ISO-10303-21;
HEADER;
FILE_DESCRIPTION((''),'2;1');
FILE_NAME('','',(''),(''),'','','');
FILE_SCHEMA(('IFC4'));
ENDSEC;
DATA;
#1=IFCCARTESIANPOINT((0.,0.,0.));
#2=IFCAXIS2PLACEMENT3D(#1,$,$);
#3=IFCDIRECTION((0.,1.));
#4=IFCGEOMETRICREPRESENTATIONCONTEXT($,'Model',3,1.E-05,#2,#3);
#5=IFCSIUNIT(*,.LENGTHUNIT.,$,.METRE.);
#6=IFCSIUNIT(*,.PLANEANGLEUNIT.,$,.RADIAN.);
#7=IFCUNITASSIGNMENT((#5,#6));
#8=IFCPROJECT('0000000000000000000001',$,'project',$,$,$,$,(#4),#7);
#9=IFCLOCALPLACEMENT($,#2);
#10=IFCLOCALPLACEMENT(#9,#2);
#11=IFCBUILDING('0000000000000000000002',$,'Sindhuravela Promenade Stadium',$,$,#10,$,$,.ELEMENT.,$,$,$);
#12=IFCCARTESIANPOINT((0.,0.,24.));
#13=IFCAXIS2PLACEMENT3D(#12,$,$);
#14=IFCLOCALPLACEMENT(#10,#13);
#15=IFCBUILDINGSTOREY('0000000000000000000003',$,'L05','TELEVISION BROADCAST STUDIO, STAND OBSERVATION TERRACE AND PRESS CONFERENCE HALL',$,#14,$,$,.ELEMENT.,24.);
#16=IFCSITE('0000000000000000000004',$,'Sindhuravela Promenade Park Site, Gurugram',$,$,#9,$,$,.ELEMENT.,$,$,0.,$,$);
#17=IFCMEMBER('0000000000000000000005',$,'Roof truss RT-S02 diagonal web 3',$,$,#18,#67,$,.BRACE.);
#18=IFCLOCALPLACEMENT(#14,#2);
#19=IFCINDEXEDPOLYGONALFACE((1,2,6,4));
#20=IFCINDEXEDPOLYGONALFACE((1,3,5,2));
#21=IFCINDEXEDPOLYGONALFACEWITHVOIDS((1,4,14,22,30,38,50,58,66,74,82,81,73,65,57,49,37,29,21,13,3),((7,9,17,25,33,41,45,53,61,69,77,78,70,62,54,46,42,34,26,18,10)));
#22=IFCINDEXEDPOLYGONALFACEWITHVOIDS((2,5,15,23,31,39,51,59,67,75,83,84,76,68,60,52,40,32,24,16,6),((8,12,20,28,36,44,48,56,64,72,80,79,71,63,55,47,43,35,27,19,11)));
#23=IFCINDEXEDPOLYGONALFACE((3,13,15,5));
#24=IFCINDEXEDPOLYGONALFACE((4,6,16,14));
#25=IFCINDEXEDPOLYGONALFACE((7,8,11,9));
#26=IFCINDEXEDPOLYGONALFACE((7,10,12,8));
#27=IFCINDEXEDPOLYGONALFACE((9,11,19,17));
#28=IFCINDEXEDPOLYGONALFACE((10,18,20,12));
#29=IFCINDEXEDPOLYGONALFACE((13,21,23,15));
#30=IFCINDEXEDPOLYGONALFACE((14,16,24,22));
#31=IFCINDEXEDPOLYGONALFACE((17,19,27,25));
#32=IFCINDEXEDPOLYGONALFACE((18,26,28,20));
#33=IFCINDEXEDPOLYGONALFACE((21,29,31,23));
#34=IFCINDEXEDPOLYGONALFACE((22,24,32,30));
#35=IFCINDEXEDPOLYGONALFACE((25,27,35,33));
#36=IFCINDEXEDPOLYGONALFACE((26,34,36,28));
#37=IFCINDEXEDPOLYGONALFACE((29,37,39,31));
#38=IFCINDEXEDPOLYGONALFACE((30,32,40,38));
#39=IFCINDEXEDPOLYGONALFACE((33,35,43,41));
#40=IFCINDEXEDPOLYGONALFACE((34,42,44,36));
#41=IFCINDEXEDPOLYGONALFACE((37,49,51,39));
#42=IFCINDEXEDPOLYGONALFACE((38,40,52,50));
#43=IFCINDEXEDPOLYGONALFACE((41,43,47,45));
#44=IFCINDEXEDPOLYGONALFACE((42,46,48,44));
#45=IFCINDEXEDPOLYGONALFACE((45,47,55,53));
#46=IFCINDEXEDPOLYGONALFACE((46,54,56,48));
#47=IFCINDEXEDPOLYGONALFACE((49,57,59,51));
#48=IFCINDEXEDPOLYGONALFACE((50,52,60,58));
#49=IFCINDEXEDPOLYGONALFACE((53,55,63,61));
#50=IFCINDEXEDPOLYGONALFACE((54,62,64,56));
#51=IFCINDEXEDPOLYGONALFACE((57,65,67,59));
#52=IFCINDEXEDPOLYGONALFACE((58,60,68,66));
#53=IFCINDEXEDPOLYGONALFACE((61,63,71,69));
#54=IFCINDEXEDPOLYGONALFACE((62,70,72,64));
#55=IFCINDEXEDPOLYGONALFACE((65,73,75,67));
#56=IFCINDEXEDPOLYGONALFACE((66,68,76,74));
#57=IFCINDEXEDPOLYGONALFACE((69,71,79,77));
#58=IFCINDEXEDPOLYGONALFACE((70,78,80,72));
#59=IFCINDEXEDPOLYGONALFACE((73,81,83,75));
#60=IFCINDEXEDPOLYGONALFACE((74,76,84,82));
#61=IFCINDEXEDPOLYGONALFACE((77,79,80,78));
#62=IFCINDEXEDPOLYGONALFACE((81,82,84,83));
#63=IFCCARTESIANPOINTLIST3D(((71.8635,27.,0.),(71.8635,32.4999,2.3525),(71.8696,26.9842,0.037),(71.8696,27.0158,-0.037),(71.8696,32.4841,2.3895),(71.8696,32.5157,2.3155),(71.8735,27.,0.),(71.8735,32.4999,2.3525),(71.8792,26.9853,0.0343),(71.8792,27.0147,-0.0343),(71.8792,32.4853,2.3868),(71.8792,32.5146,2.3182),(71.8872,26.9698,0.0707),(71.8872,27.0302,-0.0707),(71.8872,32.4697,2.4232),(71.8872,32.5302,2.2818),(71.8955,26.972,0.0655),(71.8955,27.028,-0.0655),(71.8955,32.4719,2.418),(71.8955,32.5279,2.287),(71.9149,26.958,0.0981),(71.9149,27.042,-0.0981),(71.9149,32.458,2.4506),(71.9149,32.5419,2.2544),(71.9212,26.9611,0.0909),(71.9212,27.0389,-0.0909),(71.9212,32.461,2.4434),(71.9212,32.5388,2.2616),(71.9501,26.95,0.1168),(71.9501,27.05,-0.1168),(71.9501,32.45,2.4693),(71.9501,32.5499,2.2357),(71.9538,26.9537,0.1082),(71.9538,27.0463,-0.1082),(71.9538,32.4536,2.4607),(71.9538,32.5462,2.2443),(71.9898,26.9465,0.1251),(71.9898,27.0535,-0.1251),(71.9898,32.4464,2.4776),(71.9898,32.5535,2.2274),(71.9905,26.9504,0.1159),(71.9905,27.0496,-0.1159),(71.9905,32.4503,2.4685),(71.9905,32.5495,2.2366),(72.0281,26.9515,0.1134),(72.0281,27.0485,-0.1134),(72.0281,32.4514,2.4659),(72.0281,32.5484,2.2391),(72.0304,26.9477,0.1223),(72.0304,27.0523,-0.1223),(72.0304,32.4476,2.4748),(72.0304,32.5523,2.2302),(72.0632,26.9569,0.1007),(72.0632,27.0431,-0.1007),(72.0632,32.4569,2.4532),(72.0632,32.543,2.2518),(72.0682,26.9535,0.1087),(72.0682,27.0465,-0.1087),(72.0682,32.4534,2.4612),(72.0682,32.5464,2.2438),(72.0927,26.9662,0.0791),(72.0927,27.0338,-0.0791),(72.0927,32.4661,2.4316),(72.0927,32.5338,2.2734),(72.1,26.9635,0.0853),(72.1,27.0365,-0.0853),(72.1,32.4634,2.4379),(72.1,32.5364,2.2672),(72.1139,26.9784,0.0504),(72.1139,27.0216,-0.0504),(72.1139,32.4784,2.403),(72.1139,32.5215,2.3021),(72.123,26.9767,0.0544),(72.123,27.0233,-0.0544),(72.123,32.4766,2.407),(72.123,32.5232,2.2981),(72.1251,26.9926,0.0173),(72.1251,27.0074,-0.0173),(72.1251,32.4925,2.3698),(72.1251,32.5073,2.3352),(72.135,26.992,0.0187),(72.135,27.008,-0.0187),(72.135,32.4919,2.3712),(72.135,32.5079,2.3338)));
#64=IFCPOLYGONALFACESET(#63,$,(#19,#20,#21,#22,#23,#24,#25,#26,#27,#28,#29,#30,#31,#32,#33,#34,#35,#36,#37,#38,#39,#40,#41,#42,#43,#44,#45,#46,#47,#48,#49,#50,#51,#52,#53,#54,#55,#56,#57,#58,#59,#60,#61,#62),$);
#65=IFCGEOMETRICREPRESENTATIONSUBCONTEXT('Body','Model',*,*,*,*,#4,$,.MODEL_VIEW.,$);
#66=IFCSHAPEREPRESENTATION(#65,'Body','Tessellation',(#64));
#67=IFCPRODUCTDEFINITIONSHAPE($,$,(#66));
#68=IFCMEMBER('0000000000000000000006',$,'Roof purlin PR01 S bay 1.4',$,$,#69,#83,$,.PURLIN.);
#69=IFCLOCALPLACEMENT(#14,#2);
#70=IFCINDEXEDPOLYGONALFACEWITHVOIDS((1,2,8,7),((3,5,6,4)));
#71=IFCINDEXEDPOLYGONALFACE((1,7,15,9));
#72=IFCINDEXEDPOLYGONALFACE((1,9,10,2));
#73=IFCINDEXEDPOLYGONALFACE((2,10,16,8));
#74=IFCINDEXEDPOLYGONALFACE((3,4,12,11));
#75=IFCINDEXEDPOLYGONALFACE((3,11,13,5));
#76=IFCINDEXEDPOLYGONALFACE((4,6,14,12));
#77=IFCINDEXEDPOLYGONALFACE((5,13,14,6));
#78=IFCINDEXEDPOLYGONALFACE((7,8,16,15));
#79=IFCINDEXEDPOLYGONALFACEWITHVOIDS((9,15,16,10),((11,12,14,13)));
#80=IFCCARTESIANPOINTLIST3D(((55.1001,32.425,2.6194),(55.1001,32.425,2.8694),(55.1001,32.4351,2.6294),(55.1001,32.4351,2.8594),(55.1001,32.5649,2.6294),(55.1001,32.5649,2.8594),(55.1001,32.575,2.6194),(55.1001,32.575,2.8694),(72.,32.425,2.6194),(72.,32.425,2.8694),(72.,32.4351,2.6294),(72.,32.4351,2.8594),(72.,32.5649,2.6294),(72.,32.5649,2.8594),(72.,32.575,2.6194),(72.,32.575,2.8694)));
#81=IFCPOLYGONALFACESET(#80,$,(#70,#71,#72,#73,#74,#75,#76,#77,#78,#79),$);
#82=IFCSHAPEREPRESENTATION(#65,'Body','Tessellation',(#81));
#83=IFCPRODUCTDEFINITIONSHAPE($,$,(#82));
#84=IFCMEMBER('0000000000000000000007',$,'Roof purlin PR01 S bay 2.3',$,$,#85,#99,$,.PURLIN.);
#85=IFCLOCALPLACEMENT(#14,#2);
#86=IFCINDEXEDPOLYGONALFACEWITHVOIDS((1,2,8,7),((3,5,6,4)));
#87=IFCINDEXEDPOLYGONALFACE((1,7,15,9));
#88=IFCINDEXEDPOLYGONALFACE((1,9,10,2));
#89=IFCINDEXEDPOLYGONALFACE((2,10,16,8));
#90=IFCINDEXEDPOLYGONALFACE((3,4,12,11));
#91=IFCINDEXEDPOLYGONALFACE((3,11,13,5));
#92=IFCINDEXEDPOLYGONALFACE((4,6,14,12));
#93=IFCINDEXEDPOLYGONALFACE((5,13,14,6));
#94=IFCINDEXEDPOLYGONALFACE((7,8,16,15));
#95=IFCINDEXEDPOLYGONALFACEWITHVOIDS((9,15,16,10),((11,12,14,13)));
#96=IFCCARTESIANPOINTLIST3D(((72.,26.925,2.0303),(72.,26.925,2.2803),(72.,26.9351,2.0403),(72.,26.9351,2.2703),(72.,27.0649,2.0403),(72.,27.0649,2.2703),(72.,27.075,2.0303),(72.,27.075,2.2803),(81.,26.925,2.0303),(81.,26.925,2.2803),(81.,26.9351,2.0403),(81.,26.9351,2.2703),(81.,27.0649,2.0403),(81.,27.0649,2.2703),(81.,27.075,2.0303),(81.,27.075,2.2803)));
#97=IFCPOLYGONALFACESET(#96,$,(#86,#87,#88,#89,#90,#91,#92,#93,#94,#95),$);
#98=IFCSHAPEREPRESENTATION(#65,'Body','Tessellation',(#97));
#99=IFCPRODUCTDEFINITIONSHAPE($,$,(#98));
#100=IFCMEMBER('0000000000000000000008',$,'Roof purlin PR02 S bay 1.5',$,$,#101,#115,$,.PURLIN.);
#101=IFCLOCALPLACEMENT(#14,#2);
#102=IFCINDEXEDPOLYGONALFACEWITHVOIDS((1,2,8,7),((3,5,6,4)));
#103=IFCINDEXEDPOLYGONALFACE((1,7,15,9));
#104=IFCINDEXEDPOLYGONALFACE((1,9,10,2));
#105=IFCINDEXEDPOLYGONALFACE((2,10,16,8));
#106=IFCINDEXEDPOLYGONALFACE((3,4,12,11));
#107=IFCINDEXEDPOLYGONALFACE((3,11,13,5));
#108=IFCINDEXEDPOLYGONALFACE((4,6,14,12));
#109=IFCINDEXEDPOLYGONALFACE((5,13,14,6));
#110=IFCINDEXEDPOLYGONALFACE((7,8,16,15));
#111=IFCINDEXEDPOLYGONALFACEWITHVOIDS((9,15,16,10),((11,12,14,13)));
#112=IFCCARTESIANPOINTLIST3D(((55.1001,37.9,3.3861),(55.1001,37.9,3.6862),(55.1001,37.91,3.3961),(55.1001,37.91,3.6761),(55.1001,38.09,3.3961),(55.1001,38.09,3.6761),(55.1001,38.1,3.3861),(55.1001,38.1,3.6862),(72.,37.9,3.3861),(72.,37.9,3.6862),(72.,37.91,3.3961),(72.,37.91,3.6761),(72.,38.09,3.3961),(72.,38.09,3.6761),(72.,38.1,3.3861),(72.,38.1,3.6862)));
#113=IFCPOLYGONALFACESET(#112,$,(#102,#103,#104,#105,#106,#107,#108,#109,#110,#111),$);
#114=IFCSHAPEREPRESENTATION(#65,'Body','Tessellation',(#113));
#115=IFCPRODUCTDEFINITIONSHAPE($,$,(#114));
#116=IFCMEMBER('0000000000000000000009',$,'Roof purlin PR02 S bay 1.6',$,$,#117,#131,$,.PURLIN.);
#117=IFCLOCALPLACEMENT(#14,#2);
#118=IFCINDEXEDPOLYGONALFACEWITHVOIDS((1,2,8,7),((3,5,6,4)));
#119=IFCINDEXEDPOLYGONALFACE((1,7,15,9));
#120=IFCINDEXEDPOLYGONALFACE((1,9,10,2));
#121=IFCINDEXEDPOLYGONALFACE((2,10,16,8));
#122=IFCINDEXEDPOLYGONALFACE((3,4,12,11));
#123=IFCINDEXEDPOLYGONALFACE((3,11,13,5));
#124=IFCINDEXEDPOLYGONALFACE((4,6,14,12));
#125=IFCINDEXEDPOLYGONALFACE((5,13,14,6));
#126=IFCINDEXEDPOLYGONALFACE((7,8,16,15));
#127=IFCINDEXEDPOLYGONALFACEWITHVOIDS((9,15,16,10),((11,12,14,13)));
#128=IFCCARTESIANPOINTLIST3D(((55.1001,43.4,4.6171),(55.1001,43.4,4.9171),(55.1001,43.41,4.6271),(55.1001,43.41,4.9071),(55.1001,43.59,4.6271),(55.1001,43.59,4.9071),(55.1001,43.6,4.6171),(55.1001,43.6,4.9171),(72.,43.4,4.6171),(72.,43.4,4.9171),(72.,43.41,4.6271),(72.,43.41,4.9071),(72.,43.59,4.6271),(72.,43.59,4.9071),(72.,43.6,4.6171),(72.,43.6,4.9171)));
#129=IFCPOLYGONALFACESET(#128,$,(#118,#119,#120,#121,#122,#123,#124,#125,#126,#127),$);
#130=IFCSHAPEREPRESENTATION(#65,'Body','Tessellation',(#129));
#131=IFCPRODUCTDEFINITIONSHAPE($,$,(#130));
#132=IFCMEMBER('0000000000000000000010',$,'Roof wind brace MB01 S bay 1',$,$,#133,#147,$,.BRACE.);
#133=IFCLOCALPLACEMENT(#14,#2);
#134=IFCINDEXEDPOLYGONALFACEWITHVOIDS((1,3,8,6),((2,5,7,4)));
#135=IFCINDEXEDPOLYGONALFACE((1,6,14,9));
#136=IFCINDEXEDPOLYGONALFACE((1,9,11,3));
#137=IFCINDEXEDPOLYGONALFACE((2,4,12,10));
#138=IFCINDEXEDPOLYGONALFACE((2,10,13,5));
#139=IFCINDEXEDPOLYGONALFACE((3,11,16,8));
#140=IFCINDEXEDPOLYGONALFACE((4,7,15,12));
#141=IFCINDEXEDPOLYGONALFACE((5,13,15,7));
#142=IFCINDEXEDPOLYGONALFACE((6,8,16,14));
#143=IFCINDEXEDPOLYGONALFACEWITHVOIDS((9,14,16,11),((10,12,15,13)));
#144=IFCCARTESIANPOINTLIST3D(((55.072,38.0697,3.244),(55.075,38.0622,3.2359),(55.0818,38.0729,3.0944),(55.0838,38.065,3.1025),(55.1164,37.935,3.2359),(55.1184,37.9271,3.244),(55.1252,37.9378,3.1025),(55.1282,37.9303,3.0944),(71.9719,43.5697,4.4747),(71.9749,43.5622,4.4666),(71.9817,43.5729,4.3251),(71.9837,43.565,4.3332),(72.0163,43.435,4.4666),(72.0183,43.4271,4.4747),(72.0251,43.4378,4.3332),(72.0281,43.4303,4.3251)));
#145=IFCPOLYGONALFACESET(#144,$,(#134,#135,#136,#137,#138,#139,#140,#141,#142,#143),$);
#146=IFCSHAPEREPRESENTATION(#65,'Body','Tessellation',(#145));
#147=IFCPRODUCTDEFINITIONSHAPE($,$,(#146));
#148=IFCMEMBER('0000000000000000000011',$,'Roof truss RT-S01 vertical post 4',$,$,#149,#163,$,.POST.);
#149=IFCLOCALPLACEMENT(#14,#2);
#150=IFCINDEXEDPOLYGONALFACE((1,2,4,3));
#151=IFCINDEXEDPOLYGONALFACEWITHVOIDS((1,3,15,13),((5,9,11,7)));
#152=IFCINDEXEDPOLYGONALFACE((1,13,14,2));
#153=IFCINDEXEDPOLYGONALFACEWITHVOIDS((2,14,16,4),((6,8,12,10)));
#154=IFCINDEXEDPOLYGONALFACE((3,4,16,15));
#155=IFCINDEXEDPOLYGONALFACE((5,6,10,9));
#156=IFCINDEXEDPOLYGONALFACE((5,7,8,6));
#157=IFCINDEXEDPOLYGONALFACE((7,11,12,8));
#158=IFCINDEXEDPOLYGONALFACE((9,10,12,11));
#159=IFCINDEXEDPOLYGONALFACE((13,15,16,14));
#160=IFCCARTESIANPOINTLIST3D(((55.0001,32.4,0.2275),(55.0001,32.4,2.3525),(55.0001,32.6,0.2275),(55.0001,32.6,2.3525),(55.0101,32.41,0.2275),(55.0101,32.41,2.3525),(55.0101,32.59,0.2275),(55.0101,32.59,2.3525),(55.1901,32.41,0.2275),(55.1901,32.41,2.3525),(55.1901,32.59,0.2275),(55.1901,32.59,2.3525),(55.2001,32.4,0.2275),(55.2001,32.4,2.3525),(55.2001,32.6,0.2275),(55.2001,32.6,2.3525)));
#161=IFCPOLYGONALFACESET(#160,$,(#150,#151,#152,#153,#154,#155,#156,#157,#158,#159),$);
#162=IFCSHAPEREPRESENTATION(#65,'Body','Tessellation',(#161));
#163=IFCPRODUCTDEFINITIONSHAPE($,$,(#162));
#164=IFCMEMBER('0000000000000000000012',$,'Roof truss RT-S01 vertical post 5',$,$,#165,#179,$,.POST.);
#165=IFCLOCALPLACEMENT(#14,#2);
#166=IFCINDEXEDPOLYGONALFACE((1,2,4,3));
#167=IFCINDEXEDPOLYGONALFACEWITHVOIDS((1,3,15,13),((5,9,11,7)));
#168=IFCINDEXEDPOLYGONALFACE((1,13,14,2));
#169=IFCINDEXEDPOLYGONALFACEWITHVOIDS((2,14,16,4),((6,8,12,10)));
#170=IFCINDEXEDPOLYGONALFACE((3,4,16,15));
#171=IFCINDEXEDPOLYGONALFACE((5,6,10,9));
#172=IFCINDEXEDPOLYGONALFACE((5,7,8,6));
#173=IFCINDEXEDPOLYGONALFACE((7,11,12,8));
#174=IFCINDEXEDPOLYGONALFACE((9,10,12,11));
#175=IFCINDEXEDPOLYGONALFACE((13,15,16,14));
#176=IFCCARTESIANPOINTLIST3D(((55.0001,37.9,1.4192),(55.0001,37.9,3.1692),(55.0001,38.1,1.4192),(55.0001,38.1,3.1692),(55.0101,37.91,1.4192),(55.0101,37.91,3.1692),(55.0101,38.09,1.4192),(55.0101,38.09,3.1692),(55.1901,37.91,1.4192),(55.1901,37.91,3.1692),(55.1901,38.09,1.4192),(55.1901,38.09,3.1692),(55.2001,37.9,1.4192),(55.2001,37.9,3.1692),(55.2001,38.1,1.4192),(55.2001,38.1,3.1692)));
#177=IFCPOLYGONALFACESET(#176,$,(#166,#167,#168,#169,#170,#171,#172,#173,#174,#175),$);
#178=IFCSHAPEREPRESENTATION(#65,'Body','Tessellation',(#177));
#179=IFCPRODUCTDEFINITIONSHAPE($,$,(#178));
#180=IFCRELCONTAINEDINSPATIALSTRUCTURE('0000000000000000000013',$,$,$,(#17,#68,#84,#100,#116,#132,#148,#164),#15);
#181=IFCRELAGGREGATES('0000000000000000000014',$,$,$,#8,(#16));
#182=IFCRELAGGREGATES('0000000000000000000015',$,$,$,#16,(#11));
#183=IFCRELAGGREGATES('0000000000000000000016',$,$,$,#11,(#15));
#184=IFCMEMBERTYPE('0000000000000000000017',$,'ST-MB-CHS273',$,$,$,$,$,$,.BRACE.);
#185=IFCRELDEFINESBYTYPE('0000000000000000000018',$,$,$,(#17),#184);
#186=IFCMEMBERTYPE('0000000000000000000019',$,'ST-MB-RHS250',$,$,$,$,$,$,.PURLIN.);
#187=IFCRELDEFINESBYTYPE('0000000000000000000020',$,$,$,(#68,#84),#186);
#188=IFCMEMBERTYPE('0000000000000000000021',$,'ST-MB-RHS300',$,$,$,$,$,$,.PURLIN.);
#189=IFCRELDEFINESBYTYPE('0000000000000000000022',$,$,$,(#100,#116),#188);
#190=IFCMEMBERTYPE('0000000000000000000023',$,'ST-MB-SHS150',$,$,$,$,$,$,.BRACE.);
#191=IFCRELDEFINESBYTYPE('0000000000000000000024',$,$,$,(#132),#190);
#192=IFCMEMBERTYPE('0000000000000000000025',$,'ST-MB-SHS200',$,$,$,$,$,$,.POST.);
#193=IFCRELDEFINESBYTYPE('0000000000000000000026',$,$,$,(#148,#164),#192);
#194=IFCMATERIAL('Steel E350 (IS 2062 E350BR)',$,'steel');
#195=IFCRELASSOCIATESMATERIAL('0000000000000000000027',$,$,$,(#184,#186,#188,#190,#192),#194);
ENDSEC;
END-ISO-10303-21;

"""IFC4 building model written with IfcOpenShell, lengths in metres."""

from ifc_helpers import new_model, si_unit, direction, frame, origin, origin_2d, place, context, subcontext, project, spatial, hollow_rectangle, hollow_circle, extrude, material, material_profile, profile_set, type_object, element, save


model = new_model("IFC4")

# Units and contexts
model_context = context("Model", 3, precision=1e-05, world=origin(), true_north=direction((0.0, 1.0)))
body_context = subcontext(model_context, "Body", "Model", "MODEL_VIEW")
ifc_project = project(units=[si_unit("LENGTHUNIT", "METRE"), si_unit("PLANEANGLEUNIT", "RADIAN")], contexts=[model_context])

# Site, building, storey
site_placement = place(None, origin())
site = spatial("IfcSite", under=ifc_project, at=site_placement, Name="Sindhuravela Promenade Park Site, Gurugram", CompositionType="ELEMENT", RefElevation=0.0)
building_placement = place(site_placement, origin())
building = spatial("IfcBuilding", under=site, at=building_placement, Name="Sindhuravela Promenade Stadium", CompositionType="ELEMENT")
storey_placement = place(building_placement, frame((0.0, 0.0, 24.0)))
storey = spatial("IfcBuildingStorey", under=building, at=storey_placement, Name="L05", Description="TELEVISION BROADCAST STUDIO, STAND OBSERVATION TERRACE AND PRESS CONFERENCE HALL", CompositionType="ELEMENT", Elevation=24.0)

# Shared definitions
ifc_material_1 = material(Name="Steel E350 (IS 2062 E350BR)", Category="steel")

# Members
ifc_material_profile_1 = material_profile(ifc_material_1, hollow_circle(Radius=0.1365, WallThickness=0.01, at=origin_2d()), Name="CHS 273.0x10")
ifc_profile_set_1 = profile_set([ifc_material_profile_1], Name="Steel E350 (IS 2062 E350BR)")
member_type_1 = type_object("IfcMemberType", Name="ST-MB-CHS273", PredefinedType="BRACE", material=ifc_profile_set_1)
member_1_placement = place(storey_placement, frame((72.0, 27.0, 0.0), z_axis=(0.0, 0.919423, 0.393269), x_axis=(-1.0, 0.0, 0.0)))
element("IfcMember", 1, at=member_1_placement, inside=storey, type_object=member_type_1, Name="Roof truss RT-S02 diagonal web 3", PredefinedType="BRACE", context=body_context, shape_type="SweptSolid", body=[
    extrude(hollow_circle(Radius=0.1365, WallThickness=0.01, at=origin_2d()), origin(), (0.0, 0.0, 1.0), 5.9819),
])
ifc_material_profile_2 = material_profile(ifc_material_1, hollow_rectangle(XDim=0.1499, YDim=0.25, WallThickness=0.01, at=origin_2d()), Name="RHS 250x150x10")
ifc_profile_set_2 = profile_set([ifc_material_profile_2], Name="Steel E350 (IS 2062 E350BR)")
member_type_2 = type_object("IfcMemberType", Name="ST-MB-RHS250", PredefinedType="PURLIN", material=ifc_profile_set_2)
member_2_placement = place(storey_placement, frame((55.1001, 32.5, 2.7444), z_axis=(1.0, 0.0, 0.0), x_axis=(0.0, 1.0, 0.0)))
element("IfcMember", 2, at=member_2_placement, inside=storey, type_object=member_type_2, Name="Roof purlin PR01 S bay 1.4", PredefinedType="PURLIN", context=body_context, shape_type="SweptSolid", body=[
    extrude(hollow_rectangle(XDim=0.1499, YDim=0.25, WallThickness=0.01, at=origin_2d()), origin(), (0.0, 0.0, 1.0), 16.8999),
])
member_3_placement = place(storey_placement, frame((72.0, 27.0, 2.1553), z_axis=(1.0, 0.0, 0.0), x_axis=(0.0, 1.0, 0.0)))
element("IfcMember", 3, at=member_3_placement, inside=storey, type_object=member_type_2, Name="Roof purlin PR01 S bay 2.3", PredefinedType="PURLIN", context=body_context, shape_type="SweptSolid", body=[
    extrude(hollow_rectangle(XDim=0.1499, YDim=0.25, WallThickness=0.01, at=origin_2d()), origin(), (0.0, 0.0, 1.0), 9.0),
])
ifc_material_profile_3 = material_profile(ifc_material_1, hollow_rectangle(XDim=0.2, YDim=0.3, WallThickness=0.01, at=origin_2d()), Name="RHS 300x200x10")
ifc_profile_set_3 = profile_set([ifc_material_profile_3], Name="Steel E350 (IS 2062 E350BR)")
member_type_3 = type_object("IfcMemberType", Name="ST-MB-RHS300", PredefinedType="PURLIN", material=ifc_profile_set_3)
for number, where, z_axis, x_axis, name in (
    (4, (55.1001, 38.0, 3.5361), (1.0, 0.0, 0.0), (0.0, 1.0, 0.0), "Roof purlin PR02 S bay 1.5"),
    (5, (55.1001, 43.5, 4.7671), (1.0, 0.0, 0.0), (0.0, 1.0, 0.0), "Roof purlin PR02 S bay 1.6"),
):
    element("IfcMember", number, at=place(storey_placement, frame(where, z_axis=z_axis, x_axis=x_axis)), inside=storey, type_object=member_type_3, Name=name, PredefinedType="PURLIN", context=body_context, shape_type="SweptSolid", body=[
        extrude(hollow_rectangle(XDim=0.2, YDim=0.3, WallThickness=0.01, at=origin_2d()), origin(), (0.0, 0.0, 1.0), 16.8999),
    ])
ifc_material_profile_4 = material_profile(ifc_material_1, hollow_rectangle(XDim=0.1499, YDim=0.1499, WallThickness=0.0081, at=origin_2d()), Name="SHS 150x150x8")
ifc_profile_set_4 = profile_set([ifc_material_profile_4], Name="Steel E350 (IS 2062 E350BR)")
member_type_4 = type_object("IfcMemberType", Name="ST-MB-SHS150", PredefinedType="BRACE", material=ifc_profile_set_4)
member_4_placement = place(storey_placement, frame((55.1001, 38.0, 3.1692), z_axis=(0.948638, 0.30873, 0.069083), x_axis=(-0.309469, 0.950909, 0.0)))
element("IfcMember", 6, at=member_4_placement, inside=storey, type_object=member_type_4, Name="Roof wind brace MB01 S bay 1", PredefinedType="BRACE", context=body_context, shape_type="SweptSolid", body=[
    extrude(hollow_rectangle(XDim=0.1499, YDim=0.1499, WallThickness=0.0081, at=origin_2d()), origin(), (0.0, 0.0, 1.0), 17.8149),
])
ifc_material_profile_5 = material_profile(ifc_material_1, hollow_rectangle(XDim=0.2, YDim=0.2, WallThickness=0.01, at=origin_2d()), Name="SHS 200x200x10")
ifc_profile_set_5 = profile_set([ifc_material_profile_5], Name="Steel E350 (IS 2062 E350BR)")
member_type_5 = type_object("IfcMemberType", Name="ST-MB-SHS200", PredefinedType="POST", material=ifc_profile_set_5)
member_5_placement = place(storey_placement, frame((55.1001, 32.5, 0.2275), z_axis=(0.0, 0.0, 1.0), x_axis=(1.0, 0.0, 0.0)))
element("IfcMember", 7, at=member_5_placement, inside=storey, type_object=member_type_5, Name="Roof truss RT-S01 vertical post 4", PredefinedType="POST", context=body_context, shape_type="SweptSolid", body=[
    extrude(hollow_rectangle(XDim=0.2, YDim=0.2, WallThickness=0.01, at=origin_2d()), origin(), (0.0, 0.0, 1.0), 2.125),
])
member_6_placement = place(storey_placement, frame((55.1001, 38.0, 1.4192), z_axis=(0.0, 0.0, 1.0), x_axis=(1.0, 0.0, 0.0)))
element("IfcMember", 8, at=member_6_placement, inside=storey, type_object=member_type_5, Name="Roof truss RT-S01 vertical post 5", PredefinedType="POST", context=body_context, shape_type="SweptSolid", body=[
    extrude(hollow_rectangle(XDim=0.2, YDim=0.2, WallThickness=0.01, at=origin_2d()), origin(), (0.0, 0.0, 1.0), 1.75),
])

save(model, "model.ifc")
